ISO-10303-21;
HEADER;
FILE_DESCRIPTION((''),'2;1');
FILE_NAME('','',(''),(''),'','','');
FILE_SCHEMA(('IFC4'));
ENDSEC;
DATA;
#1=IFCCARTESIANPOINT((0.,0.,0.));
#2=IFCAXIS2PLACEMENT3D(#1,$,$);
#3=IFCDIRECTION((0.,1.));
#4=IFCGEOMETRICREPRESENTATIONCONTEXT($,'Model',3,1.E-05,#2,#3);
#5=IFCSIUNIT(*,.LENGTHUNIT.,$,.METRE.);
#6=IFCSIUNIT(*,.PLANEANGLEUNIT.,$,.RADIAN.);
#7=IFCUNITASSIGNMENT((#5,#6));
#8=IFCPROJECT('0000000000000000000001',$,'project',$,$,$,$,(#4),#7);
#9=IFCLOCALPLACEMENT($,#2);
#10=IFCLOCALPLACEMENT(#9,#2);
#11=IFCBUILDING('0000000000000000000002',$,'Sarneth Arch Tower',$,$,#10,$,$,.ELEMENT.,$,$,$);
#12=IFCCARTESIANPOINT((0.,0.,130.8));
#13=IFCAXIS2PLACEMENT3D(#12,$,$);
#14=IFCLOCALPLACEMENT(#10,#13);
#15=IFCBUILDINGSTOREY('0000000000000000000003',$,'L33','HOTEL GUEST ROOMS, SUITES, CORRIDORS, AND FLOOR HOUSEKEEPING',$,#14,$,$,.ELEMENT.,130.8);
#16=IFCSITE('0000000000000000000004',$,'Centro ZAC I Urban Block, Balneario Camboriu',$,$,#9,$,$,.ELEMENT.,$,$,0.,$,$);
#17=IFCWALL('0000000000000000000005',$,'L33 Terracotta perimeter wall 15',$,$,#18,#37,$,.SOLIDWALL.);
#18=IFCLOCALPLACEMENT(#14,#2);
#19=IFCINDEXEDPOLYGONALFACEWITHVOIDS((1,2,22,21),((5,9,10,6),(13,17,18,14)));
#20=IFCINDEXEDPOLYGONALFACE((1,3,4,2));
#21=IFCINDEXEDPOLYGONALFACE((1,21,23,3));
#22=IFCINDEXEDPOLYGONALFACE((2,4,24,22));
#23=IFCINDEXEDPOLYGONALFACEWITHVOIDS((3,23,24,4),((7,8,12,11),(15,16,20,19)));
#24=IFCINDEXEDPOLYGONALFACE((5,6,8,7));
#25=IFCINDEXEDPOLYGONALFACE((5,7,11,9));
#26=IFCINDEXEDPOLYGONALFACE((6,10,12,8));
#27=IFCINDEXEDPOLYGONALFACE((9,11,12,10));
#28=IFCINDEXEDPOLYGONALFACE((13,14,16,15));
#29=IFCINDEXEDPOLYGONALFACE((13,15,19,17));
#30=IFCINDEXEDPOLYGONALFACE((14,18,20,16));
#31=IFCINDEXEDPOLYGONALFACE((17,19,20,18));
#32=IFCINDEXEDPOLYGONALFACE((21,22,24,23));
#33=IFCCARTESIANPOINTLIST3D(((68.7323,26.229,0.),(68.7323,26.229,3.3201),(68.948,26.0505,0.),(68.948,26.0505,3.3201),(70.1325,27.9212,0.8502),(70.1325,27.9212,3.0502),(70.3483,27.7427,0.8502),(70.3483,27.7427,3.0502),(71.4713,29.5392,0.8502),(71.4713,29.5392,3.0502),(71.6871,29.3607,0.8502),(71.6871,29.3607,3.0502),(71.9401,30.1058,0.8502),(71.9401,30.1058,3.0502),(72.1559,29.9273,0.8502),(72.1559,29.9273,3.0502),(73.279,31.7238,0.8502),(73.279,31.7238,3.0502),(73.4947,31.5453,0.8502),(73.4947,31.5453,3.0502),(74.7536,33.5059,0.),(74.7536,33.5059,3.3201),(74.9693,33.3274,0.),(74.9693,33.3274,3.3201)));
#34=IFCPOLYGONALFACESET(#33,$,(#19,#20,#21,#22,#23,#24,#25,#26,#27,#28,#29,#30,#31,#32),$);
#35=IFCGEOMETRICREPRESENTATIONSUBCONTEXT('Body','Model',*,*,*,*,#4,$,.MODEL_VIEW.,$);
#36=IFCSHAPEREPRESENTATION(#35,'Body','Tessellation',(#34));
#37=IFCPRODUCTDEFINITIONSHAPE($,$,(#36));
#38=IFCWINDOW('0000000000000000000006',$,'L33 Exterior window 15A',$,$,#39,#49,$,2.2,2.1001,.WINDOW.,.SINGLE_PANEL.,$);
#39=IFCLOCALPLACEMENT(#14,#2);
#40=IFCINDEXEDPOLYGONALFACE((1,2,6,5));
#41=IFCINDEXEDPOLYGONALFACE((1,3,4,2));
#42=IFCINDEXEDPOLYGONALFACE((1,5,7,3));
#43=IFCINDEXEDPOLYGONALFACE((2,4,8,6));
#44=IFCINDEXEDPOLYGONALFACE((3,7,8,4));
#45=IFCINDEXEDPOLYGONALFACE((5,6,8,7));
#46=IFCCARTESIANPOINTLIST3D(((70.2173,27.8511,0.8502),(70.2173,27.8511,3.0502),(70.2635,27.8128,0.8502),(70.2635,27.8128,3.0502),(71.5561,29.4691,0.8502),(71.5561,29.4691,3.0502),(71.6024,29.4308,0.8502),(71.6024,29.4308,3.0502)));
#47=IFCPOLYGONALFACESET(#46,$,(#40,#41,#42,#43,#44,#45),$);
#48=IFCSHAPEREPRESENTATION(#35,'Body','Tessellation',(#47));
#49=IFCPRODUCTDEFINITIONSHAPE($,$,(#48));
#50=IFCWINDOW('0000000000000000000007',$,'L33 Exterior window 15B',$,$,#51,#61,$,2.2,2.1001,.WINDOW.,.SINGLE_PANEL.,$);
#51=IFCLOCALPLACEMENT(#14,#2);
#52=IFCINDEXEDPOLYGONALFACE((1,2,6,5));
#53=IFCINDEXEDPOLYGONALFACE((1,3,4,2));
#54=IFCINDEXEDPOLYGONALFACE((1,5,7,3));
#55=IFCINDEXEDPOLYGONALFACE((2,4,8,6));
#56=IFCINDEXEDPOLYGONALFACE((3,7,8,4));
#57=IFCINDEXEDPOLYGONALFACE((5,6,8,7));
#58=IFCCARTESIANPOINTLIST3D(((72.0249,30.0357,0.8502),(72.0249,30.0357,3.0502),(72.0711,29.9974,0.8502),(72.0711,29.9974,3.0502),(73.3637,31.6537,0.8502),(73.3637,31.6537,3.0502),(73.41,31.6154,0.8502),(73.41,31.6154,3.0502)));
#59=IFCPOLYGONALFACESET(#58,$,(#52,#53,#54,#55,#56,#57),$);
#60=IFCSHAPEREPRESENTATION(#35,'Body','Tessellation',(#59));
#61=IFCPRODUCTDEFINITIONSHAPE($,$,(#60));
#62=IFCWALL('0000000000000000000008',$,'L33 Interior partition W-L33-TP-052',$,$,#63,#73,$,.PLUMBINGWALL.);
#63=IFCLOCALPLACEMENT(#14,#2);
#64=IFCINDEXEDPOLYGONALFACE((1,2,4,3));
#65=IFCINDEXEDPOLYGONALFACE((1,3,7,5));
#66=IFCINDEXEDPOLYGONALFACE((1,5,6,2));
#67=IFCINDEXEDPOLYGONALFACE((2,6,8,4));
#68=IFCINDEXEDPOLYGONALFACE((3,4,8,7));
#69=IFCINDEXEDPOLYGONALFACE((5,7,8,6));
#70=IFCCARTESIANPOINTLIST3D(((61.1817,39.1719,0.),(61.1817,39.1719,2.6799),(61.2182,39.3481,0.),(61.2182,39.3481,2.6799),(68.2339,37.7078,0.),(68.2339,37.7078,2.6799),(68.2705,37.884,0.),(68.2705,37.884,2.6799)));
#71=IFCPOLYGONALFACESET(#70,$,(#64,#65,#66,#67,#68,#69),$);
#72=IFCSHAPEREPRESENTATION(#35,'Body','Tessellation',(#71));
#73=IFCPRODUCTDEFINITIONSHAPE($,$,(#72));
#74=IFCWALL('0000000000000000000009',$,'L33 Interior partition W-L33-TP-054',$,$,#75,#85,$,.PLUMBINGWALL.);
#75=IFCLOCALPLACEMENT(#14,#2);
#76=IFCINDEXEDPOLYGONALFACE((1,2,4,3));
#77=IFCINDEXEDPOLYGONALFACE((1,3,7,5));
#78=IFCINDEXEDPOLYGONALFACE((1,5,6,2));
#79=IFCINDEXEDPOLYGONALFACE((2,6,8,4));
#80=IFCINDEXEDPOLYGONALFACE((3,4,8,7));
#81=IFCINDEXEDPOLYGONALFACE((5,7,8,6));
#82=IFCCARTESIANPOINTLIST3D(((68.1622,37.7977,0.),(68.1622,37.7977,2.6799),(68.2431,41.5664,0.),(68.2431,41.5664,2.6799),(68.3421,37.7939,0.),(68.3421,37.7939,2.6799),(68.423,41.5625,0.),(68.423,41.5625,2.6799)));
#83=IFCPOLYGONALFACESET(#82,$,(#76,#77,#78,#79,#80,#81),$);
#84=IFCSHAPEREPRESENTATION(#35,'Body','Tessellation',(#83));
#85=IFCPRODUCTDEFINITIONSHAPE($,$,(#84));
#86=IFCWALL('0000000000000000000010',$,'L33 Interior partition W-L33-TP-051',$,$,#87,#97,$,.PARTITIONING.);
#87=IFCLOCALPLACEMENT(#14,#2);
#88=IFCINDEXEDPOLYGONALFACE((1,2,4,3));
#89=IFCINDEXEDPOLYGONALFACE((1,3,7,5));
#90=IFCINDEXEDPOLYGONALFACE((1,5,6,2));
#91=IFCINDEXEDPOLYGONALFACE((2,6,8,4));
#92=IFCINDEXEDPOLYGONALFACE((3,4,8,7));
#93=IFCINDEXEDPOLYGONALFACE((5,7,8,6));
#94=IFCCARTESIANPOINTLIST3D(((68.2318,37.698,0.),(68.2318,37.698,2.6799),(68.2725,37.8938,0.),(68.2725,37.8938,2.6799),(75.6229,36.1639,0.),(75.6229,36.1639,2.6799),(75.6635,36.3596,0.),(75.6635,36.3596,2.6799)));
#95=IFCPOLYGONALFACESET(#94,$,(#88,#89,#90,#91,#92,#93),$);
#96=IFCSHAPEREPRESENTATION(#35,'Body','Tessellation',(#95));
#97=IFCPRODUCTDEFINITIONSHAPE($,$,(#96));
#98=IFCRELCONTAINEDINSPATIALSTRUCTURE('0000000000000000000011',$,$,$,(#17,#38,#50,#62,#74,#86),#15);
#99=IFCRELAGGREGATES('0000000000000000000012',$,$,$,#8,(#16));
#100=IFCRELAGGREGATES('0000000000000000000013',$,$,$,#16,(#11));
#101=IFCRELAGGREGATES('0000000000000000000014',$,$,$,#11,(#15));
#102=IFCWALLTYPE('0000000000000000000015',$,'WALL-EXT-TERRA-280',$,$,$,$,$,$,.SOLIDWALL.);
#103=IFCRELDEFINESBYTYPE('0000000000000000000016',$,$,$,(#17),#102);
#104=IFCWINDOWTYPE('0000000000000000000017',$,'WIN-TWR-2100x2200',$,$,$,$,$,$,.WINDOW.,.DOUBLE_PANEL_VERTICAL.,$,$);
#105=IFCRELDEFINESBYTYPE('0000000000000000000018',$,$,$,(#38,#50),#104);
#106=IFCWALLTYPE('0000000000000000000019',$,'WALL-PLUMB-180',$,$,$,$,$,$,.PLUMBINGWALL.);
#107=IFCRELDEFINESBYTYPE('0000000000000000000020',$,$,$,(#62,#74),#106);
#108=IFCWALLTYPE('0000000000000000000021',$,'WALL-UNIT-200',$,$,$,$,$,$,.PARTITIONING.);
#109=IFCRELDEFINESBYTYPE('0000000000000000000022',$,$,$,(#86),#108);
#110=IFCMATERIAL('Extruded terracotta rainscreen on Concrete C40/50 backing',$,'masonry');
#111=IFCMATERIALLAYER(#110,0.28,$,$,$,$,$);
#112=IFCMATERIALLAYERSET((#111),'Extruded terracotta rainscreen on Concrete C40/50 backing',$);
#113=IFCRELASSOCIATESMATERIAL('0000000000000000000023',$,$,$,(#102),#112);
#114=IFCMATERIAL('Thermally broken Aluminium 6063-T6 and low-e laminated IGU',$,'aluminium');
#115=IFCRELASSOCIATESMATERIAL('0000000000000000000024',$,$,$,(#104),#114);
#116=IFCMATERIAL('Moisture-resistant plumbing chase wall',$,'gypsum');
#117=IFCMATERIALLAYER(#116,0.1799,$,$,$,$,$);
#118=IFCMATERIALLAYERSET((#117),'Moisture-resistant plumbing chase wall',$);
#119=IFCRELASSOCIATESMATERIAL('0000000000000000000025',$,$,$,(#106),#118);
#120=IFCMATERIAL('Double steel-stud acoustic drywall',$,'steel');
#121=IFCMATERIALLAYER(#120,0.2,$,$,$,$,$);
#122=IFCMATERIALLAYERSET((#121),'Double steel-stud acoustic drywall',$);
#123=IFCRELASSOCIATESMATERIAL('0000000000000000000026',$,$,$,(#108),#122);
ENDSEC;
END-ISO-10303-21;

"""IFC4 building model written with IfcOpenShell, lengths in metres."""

from ifc_helpers import new_model, si_unit, direction, frame, frame_2d, origin, place, context, subcontext, project, spatial, rectangle, extrude, material, layer, layer_set, type_object, element, fill, save


model = new_model("IFC4")

# Units and contexts
model_context = context("Model", 3, precision=1e-05, world=origin(), true_north=direction((0.0, 1.0)))
body_context = subcontext(model_context, "Body", "Model", "MODEL_VIEW")
ifc_project = project(units=[si_unit("LENGTHUNIT", "METRE"), si_unit("PLANEANGLEUNIT", "RADIAN")], contexts=[model_context])

# Site, building, storey
site_placement = place(None, origin())
site = spatial("IfcSite", under=ifc_project, at=site_placement, Name="Centro ZAC I Urban Block, Balneario Camboriu", CompositionType="ELEMENT", RefElevation=0.0)
building_placement = place(site_placement, origin())
building = spatial("IfcBuilding", under=site, at=building_placement, Name="Sarneth Arch Tower", CompositionType="ELEMENT")
storey_placement = place(building_placement, frame((0.0, 0.0, 130.8)))
storey = spatial("IfcBuildingStorey", under=building, at=storey_placement, Name="L33", Description="HOTEL GUEST ROOMS, SUITES, CORRIDORS, AND FLOOR HOUSEKEEPING", CompositionType="ELEMENT", Elevation=130.8)

# Wall, openings, windows
ifc_material_1 = material(Name="Extruded terracotta rainscreen on Concrete C40/50 backing", Category="masonry")
ifc_layer_1 = layer(ifc_material_1, 0.28)
ifc_layer_set_1 = layer_set([ifc_layer_1], Name="Extruded terracotta rainscreen on Concrete C40/50 backing")
wall_type_1 = type_object("IfcWallType", Name="WALL-EXT-TERRA-280", PredefinedType="SOLIDWALL", material=ifc_layer_set_1)
wall_1_placement = place(storey_placement, frame((68.8401, 26.1396, 0.0), z_axis=(0.0, 0.0, 1.0), x_axis=(0.637506, 0.770446, 0.0)))
wall_1 = element("IfcWall", 1, at=wall_1_placement, inside=storey, type_object=wall_type_1, Name="L33 Terracotta perimeter wall 15", PredefinedType="SOLIDWALL", context=body_context, shape_type="SweptSolid", body=[
    extrude(rectangle(XDim=9.4451, YDim=0.28, at=frame_2d((4.7227, 0.0))), origin(), (0.0, 0.0, 1.0), 3.3201),
])
opening_1_placement = place(wall_1_placement, frame((2.1965, 0.0, 0.8501)))
opening_1 = element("IfcOpeningElement", 2, at=opening_1_placement, cuts=wall_1, PredefinedType="OPENING", context=body_context, shape_type="SweptSolid", body=[
    extrude(rectangle(XDim=2.1001, YDim=2.2, at=frame_2d((1.05, 1.1001))), frame((0.0, 0.1499, 0.0), z_axis=(0.0, -1.0, 0.0), x_axis=(1.0, 0.0, 0.0)), (0.0, 0.0, 1.0), 0.3),
])
opening_2_placement = place(wall_1_placement, frame((5.032, 0.0, 0.8501)))
opening_2 = element("IfcOpeningElement", 3, at=opening_2_placement, cuts=wall_1, PredefinedType="OPENING", context=body_context, shape_type="SweptSolid", body=[
    extrude(rectangle(XDim=2.1001, YDim=2.2, at=frame_2d((1.05, 1.1001))), frame((0.0, 0.1499, 0.0), z_axis=(0.0, -1.0, 0.0), x_axis=(1.0, 0.0, 0.0)), (0.0, 0.0, 1.0), 0.3),
])
ifc_material_2 = material(Name="Thermally broken Aluminium 6063-T6 and low-e laminated IGU", Category="aluminium")
window_type = type_object("IfcWindowType", Name="WIN-TWR-2100x2200", PartitioningType="DOUBLE_PANEL_VERTICAL", PredefinedType="WINDOW", material=ifc_material_2)
window_1_placement = place(opening_1_placement, origin())
window_1 = element("IfcWindow", 4, at=window_1_placement, inside=storey, type_object=window_type, Name="L33 Exterior window 15A", OverallHeight=2.2, OverallWidth=2.1001, PartitioningType="SINGLE_PANEL", PredefinedType="WINDOW", context=body_context, shape_type="SweptSolid", body=[
    extrude(rectangle(XDim=2.1001, YDim=2.2, at=frame_2d((1.05, 1.1001))), frame((0.0, 0.03, 0.0), z_axis=(0.0, -1.0, 0.0), x_axis=(1.0, 0.0, 0.0)), (0.0, 0.0, 1.0), 0.0601),
])
fill(opening_1, window_1)
window_2_placement = place(opening_2_placement, origin())
window_2 = element("IfcWindow", 5, at=window_2_placement, inside=storey, type_object=window_type, Name="L33 Exterior window 15B", OverallHeight=2.2, OverallWidth=2.1001, PartitioningType="SINGLE_PANEL", PredefinedType="WINDOW", context=body_context, shape_type="SweptSolid", body=[
    extrude(rectangle(XDim=2.1001, YDim=2.2, at=frame_2d((1.05, 1.1001))), frame((0.0, 0.03, 0.0), z_axis=(0.0, -1.0, 0.0), x_axis=(1.0, 0.0, 0.0)), (0.0, 0.0, 1.0), 0.0601),
])
fill(opening_2, window_2)

# Walls
ifc_material_3 = material(Name="Moisture-resistant plumbing chase wall", Category="gypsum")
ifc_layer_2 = layer(ifc_material_3, 0.1799)
ifc_layer_set_2 = layer_set([ifc_layer_2], Name="Moisture-resistant plumbing chase wall")
wall_type_2 = type_object("IfcWallType", Name="WALL-PLUMB-180", PredefinedType="PLUMBINGWALL", material=ifc_layer_set_2)
wall_2_placement = place(storey_placement, frame((68.2522, 37.7959, 0.0), z_axis=(0.0, 0.0, 1.0), x_axis=(-0.979122, 0.203275, 0.0)))
element("IfcWall", 6, at=wall_2_placement, inside=storey, type_object=wall_type_2, Name="L33 Interior partition W-L33-TP-052", PredefinedType="PLUMBINGWALL", context=body_context, shape_type="SweptSolid", body=[
    extrude(rectangle(XDim=7.2026, YDim=0.1799, at=frame_2d((3.6013, 0.0))), origin(), (0.0, 0.0, 1.0), 2.6799),
])
wall_3_placement = place(storey_placement, frame((68.333, 41.5645, 0.0), z_axis=(0.0, 0.0, 1.0), x_axis=(-0.021438, -0.99977, 0.0)))
element("IfcWall", 7, at=wall_3_placement, inside=storey, type_object=wall_type_2, Name="L33 Interior partition W-L33-TP-054", PredefinedType="PLUMBINGWALL", context=body_context, shape_type="SweptSolid", body=[
    extrude(rectangle(XDim=3.7695, YDim=0.1799, at=frame_2d((1.8848, 0.0))), origin(), (0.0, 0.0, 1.0), 2.6799),
])
ifc_material_4 = material(Name="Double steel-stud acoustic drywall", Category="steel")
ifc_layer_3 = layer(ifc_material_4, 0.2)
ifc_layer_set_3 = layer_set([ifc_layer_3], Name="Double steel-stud acoustic drywall")
wall_type_3 = type_object("IfcWallType", Name="WALL-UNIT-200", PredefinedType="PARTITIONING", material=ifc_layer_set_3)
wall_4_placement = place(storey_placement, frame((75.6433, 36.2617, 0.0), z_axis=(0.0, 0.0, 1.0), x_axis=(-0.979129, 0.203239, 0.0)))
element("IfcWall", 8, at=wall_4_placement, inside=storey, type_object=wall_type_3, Name="L33 Interior partition W-L33-TP-051", PredefinedType="PARTITIONING", context=body_context, shape_type="SweptSolid", body=[
    extrude(rectangle(XDim=7.5486, YDim=0.2, at=frame_2d((3.7744, 0.0))), origin(), (0.0, 0.0, 1.0), 2.6799),
])

save(model, "model.ifc")
